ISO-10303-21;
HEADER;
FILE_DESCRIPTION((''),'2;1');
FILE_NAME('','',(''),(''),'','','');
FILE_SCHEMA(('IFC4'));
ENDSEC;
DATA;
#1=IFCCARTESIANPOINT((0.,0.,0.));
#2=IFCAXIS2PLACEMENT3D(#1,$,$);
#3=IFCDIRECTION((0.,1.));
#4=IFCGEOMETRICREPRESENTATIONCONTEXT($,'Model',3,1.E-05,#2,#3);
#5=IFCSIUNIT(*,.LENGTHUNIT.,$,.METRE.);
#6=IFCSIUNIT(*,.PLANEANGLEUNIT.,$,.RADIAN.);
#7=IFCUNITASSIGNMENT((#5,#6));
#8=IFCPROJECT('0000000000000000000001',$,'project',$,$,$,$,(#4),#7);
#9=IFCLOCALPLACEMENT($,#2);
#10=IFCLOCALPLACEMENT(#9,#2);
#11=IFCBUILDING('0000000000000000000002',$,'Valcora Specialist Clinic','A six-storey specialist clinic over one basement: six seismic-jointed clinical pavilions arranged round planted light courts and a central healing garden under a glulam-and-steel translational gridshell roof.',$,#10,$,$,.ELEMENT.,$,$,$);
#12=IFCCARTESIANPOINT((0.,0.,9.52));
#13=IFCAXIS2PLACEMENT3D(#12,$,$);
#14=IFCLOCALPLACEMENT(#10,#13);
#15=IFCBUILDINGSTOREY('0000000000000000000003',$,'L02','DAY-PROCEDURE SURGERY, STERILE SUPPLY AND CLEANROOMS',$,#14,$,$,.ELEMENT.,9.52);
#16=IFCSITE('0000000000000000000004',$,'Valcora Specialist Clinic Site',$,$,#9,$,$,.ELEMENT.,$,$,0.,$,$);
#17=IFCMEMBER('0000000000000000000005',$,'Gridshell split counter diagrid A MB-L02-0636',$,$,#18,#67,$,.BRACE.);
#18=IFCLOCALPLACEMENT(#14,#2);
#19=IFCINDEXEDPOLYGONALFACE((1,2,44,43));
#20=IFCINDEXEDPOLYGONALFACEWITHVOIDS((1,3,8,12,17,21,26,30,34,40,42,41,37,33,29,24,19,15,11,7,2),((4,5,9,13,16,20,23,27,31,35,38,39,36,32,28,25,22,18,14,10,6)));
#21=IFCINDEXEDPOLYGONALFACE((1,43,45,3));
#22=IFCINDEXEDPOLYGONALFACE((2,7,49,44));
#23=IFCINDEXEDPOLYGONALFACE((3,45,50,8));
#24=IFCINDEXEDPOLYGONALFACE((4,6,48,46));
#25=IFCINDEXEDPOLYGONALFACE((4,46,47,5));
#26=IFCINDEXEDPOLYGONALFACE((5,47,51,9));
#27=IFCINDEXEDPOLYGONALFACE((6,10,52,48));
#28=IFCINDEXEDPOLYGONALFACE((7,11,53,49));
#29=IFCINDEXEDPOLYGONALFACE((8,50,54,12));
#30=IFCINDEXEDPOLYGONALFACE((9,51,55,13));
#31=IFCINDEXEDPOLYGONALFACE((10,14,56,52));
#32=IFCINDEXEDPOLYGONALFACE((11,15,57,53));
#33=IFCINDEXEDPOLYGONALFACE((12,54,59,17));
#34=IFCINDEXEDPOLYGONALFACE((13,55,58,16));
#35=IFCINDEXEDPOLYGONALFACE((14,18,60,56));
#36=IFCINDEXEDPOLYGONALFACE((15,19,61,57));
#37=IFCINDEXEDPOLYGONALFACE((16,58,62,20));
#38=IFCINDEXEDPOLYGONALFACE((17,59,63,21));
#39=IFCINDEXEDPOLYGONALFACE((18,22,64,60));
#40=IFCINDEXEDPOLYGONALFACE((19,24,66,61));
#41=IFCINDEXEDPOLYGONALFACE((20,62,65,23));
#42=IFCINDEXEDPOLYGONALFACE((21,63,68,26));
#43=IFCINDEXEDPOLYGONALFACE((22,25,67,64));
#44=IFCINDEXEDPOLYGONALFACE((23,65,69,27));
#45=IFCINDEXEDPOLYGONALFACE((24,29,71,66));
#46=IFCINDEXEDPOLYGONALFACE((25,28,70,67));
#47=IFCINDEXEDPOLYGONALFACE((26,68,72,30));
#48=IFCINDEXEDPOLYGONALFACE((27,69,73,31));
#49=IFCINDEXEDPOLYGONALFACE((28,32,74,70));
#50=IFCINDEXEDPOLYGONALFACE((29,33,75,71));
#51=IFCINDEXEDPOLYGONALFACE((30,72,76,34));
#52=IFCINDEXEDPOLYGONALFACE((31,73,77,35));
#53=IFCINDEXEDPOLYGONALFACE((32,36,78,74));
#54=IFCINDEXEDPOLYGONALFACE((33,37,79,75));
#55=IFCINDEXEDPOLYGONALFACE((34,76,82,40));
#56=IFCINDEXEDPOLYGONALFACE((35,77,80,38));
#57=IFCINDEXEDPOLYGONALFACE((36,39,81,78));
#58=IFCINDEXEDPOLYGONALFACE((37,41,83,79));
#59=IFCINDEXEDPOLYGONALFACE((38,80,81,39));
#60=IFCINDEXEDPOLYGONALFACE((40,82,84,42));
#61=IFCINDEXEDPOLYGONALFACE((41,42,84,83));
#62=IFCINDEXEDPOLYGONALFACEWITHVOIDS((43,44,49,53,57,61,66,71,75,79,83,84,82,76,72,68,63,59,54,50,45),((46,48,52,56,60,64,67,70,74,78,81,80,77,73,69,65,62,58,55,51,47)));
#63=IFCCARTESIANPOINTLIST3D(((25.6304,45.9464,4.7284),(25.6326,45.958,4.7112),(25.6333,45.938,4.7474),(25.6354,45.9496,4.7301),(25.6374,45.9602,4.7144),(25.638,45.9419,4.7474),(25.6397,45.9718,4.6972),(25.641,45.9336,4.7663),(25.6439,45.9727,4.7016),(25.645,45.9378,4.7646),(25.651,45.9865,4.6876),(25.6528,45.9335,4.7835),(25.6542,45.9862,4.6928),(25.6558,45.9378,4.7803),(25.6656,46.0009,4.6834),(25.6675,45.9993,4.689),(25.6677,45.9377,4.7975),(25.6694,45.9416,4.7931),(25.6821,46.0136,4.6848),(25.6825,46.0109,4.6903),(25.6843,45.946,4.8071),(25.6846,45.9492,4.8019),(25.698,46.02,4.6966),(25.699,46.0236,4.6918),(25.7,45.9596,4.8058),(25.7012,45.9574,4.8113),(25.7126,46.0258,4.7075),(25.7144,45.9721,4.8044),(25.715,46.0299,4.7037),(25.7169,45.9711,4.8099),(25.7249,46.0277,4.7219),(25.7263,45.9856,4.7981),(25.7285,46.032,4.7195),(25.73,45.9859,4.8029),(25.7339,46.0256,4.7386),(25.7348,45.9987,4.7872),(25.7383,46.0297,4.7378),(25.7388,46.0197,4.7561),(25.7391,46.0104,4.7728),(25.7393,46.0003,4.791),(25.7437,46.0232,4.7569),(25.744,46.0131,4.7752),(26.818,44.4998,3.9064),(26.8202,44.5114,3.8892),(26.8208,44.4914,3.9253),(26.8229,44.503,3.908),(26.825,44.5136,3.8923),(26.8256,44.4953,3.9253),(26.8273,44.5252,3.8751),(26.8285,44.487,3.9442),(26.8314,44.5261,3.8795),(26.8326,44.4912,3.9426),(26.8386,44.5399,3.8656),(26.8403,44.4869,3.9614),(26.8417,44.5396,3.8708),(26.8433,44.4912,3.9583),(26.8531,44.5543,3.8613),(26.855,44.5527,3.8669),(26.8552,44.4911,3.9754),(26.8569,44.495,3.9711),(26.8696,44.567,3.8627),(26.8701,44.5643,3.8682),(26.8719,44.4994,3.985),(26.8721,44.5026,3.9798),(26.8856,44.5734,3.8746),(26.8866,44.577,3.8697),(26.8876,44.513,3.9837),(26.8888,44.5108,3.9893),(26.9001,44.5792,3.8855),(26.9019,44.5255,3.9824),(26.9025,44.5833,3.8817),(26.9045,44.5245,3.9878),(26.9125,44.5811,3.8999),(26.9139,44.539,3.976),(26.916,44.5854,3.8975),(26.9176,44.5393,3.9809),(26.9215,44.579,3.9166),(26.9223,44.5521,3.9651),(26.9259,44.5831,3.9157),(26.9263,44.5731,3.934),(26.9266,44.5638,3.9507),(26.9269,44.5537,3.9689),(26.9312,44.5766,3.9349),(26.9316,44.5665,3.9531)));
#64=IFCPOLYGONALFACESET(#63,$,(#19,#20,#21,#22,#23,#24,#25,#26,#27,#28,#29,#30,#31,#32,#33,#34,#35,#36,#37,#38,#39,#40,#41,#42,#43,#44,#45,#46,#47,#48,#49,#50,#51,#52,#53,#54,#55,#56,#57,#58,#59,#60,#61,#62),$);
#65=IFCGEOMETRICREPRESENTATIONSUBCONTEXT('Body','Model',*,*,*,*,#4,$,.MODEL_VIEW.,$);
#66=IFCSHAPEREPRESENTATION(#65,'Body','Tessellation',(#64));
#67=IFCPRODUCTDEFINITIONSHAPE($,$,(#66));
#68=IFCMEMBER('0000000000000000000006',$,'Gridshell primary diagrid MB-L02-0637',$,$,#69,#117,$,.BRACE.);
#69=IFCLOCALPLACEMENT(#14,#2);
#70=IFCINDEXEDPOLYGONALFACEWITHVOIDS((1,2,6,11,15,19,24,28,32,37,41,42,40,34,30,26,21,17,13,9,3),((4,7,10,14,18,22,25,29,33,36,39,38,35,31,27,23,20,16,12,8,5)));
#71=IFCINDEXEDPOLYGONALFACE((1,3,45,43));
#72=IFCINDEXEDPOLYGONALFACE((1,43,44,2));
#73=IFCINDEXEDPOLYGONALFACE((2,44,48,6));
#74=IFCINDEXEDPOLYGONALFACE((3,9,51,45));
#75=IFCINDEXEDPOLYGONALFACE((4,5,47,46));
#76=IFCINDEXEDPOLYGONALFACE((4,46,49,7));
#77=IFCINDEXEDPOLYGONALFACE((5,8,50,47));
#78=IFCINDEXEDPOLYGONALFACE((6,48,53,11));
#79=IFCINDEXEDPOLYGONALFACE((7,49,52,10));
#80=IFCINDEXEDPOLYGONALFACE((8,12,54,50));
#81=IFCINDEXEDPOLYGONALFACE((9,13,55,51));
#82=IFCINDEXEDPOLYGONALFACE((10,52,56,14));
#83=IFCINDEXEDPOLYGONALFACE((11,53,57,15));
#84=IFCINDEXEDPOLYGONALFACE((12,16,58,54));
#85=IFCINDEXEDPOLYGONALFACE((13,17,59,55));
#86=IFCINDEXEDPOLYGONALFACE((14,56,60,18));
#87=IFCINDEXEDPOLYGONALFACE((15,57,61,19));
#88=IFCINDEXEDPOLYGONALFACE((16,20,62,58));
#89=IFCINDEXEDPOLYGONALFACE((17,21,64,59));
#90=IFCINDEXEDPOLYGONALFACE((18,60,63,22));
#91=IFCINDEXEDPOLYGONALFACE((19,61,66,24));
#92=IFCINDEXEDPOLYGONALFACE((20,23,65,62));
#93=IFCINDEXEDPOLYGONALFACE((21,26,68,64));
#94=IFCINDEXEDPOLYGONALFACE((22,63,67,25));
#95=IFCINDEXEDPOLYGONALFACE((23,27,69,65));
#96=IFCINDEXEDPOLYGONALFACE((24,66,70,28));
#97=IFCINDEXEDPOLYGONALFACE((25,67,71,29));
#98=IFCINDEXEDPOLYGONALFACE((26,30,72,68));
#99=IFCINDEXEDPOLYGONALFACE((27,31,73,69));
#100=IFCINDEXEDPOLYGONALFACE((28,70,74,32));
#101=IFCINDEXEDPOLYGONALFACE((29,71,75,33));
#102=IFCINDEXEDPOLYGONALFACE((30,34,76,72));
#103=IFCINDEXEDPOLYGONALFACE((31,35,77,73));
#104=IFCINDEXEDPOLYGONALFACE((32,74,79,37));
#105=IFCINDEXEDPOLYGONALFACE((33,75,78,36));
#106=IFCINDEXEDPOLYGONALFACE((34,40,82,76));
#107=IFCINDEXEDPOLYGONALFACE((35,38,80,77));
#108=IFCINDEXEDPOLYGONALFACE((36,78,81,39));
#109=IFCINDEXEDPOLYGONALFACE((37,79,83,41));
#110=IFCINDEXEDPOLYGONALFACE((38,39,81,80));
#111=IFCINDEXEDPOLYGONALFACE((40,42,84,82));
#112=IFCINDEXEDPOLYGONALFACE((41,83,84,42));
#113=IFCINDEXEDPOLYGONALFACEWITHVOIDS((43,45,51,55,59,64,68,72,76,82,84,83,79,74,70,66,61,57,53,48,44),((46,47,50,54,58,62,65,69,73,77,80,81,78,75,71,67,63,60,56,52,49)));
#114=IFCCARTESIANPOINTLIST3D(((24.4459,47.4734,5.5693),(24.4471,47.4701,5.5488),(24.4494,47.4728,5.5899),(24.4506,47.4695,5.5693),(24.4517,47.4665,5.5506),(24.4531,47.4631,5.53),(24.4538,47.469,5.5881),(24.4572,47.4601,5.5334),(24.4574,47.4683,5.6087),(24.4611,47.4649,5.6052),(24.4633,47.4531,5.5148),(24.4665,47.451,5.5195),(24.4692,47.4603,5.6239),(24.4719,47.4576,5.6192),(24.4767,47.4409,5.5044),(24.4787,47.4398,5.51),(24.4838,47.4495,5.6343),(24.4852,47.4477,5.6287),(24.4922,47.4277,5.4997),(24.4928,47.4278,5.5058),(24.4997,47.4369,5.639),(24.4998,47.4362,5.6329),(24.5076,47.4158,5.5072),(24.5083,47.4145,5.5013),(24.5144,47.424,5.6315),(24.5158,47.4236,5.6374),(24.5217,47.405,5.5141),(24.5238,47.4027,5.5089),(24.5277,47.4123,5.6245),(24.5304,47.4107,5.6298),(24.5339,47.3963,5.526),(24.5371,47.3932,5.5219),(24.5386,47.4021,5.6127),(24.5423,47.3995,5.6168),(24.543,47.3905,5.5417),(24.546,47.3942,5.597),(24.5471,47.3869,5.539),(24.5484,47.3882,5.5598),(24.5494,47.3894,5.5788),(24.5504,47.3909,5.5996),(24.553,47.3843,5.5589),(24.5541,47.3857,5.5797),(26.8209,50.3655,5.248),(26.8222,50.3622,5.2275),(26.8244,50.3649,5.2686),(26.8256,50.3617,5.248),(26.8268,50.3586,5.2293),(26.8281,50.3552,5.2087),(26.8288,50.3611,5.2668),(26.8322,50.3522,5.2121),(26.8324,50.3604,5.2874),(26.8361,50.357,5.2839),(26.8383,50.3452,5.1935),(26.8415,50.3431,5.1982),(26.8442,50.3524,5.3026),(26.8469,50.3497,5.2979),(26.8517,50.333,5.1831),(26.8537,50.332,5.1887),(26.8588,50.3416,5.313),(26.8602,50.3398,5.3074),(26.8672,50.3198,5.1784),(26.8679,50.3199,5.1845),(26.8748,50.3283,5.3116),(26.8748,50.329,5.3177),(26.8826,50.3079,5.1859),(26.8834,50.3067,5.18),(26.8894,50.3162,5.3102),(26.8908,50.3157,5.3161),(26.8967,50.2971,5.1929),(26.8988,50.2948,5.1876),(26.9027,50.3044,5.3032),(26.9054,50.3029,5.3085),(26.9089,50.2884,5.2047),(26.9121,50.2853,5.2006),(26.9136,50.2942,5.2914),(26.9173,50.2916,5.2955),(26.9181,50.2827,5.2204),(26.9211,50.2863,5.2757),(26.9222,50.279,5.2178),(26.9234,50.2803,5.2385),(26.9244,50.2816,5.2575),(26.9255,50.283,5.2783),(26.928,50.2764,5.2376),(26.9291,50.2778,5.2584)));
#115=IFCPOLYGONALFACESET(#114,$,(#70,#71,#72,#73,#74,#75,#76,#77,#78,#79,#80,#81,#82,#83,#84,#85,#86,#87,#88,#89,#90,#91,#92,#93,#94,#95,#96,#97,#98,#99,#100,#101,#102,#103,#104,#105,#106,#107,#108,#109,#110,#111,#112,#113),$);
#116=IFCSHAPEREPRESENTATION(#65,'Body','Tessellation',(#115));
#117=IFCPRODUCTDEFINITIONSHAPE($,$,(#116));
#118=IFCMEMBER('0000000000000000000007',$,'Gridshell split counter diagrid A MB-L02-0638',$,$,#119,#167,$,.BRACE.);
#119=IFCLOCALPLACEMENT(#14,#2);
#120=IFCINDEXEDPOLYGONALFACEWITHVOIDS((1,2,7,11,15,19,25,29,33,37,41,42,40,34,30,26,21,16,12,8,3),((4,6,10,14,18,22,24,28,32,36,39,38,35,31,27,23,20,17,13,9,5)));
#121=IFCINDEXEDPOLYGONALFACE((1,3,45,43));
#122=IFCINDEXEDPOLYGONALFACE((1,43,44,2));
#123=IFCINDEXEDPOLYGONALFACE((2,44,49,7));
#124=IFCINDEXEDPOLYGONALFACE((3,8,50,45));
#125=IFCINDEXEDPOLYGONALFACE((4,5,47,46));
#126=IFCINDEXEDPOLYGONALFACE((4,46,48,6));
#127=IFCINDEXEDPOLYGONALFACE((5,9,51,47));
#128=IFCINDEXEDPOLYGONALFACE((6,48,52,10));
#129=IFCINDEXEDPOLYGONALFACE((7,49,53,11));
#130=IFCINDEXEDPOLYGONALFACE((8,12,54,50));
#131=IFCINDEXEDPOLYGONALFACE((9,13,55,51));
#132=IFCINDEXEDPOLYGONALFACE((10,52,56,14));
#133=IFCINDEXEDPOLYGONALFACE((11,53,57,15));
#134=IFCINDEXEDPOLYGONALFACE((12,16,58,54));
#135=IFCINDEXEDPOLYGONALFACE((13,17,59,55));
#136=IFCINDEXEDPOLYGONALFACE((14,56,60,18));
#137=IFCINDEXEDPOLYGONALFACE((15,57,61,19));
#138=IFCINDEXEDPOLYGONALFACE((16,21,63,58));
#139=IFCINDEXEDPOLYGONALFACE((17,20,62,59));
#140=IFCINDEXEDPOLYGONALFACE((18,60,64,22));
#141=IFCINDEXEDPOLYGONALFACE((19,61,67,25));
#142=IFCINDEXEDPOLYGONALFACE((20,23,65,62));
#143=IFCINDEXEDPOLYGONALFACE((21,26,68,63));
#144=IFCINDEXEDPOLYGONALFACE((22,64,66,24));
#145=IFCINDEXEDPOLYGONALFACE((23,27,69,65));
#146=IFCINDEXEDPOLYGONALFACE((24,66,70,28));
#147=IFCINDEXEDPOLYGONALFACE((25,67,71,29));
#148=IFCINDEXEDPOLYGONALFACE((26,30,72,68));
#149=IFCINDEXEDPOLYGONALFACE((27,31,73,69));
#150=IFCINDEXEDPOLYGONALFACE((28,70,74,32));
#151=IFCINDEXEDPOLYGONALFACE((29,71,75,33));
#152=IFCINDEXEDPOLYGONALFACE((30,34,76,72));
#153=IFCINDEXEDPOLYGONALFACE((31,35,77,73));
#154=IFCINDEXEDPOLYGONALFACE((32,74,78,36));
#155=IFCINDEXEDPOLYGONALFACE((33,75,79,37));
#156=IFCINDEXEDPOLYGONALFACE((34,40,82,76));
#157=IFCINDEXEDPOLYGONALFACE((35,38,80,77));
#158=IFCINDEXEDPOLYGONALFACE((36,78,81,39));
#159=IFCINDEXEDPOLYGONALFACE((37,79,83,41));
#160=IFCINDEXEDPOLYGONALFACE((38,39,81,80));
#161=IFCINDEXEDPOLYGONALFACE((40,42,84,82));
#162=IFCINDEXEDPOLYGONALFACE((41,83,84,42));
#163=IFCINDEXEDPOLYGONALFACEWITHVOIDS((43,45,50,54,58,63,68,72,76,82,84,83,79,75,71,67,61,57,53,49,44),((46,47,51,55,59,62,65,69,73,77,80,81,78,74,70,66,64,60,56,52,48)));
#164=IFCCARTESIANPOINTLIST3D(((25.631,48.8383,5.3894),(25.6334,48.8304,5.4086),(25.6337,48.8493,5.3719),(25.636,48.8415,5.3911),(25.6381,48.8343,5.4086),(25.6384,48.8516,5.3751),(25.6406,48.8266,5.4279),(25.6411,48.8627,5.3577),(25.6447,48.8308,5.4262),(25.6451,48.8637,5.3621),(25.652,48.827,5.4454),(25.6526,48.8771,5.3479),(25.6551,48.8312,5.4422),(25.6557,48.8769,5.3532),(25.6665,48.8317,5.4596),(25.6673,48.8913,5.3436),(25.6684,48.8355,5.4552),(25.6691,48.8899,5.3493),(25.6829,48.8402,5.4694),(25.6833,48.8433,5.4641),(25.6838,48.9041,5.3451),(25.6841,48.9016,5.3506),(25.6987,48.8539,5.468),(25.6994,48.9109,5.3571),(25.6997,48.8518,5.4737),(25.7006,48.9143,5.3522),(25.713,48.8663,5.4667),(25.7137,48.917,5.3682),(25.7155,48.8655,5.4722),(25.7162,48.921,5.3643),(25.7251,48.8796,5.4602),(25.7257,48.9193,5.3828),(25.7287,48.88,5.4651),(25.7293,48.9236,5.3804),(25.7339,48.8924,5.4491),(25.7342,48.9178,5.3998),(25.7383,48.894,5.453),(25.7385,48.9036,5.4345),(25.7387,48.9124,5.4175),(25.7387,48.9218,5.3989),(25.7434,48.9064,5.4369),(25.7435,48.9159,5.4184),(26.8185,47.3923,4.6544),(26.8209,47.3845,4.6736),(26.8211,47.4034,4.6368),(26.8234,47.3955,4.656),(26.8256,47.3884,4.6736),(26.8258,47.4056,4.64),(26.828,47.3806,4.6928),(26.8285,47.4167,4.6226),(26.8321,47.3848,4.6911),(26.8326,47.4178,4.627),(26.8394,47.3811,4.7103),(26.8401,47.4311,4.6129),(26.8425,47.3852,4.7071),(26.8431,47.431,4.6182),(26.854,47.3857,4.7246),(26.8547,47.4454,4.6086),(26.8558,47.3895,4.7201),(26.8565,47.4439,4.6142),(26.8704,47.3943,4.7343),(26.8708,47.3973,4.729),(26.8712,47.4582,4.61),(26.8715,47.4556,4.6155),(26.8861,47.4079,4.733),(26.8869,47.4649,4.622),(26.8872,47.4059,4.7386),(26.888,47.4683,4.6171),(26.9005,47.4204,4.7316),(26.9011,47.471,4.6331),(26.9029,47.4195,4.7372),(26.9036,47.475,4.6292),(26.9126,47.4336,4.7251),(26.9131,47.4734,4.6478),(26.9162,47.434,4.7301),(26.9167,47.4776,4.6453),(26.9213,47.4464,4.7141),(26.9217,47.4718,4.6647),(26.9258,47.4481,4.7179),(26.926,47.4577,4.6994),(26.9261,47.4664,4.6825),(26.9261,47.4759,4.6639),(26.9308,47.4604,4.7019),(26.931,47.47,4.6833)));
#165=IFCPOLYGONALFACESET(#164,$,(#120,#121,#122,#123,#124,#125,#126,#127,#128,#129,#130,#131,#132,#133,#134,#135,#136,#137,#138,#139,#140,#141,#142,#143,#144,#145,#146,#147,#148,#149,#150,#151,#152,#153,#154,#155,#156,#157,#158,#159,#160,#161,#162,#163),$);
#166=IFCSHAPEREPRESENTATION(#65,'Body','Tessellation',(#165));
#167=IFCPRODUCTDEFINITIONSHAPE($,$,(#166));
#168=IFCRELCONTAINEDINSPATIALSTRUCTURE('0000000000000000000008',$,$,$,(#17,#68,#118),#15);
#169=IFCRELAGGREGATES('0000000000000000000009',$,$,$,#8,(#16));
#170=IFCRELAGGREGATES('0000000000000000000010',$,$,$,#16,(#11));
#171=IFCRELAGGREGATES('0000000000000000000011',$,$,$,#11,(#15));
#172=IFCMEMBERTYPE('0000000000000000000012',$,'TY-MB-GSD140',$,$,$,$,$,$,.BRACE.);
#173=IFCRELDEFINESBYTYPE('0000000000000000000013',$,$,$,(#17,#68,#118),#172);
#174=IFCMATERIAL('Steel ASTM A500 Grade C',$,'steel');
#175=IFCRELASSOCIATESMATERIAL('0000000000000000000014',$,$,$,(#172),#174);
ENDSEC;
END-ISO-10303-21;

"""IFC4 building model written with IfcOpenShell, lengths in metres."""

from ifc_helpers import new_model, si_unit, direction, frame, origin, origin_2d, place, context, subcontext, project, spatial, hollow_circle, extrude, material, material_profile, profile_set, type_object, element, save


model = new_model("IFC4")

# Units and contexts
model_context = context("Model", 3, precision=1e-05, world=origin(), true_north=direction((0.0, 1.0)))
body_context = subcontext(model_context, "Body", "Model", "MODEL_VIEW")
ifc_project = project(units=[si_unit("LENGTHUNIT", "METRE"), si_unit("PLANEANGLEUNIT", "RADIAN")], contexts=[model_context])

# Site, building, storey
site_placement = place(None, origin())
site = spatial("IfcSite", under=ifc_project, at=site_placement, Name="Valcora Specialist Clinic Site", CompositionType="ELEMENT", RefElevation=0.0)
building_placement = place(site_placement, origin())
building = spatial("IfcBuilding", under=site, at=building_placement, Name="Valcora Specialist Clinic", Description="A six-storey specialist clinic over one basement: six seismic-jointed clinical pavilions arranged round planted light courts and a central healing garden under a glulam-and-steel translational gridshell roof.", CompositionType="ELEMENT")
storey_placement = place(building_placement, frame((0.0, 0.0, 9.52)))
storey = spatial("IfcBuildingStorey", under=building, at=storey_placement, Name="L02", Description="DAY-PROCEDURE SURGERY, STERILE SUPPLY AND CLEANROOMS", CompositionType="ELEMENT", Elevation=9.52)

# Members
ifc_material_1 = material(Name="Steel ASTM A500 Grade C", Category="steel")
ifc_material_profile_1 = material_profile(ifc_material_1, hollow_circle(Radius=0.0701, WallThickness=0.0061, at=origin_2d()), Name="ST-CHS-140X6")
ifc_profile_set_1 = profile_set([ifc_material_profile_1], Name="Steel ASTM A500 Grade C")
member_type_1 = type_object("IfcMemberType", Name="TY-MB-GSD140", PredefinedType="BRACE", material=ifc_profile_set_1)
member_1_placement = place(storey_placement, frame((26.875, 44.5359, 3.9253), z_axis=(-0.580941, 0.707664, 0.402144), x_axis=(-0.772916, -0.634508, 0.0)))
element("IfcMember", 1, at=member_1_placement, inside=storey, type_object=member_type_1, Name="Gridshell split counter diagrid A MB-L02-0636", PredefinedType="BRACE", context=body_context, shape_type="SweptSolid", body=[
    extrude(hollow_circle(Radius=0.0701, WallThickness=0.0061, at=origin_2d()), origin(), (0.0, 0.0, 1.0), 2.0442),
])
member_2_placement = place(storey_placement, frame((24.5, 47.429, 5.5693), z_axis=(0.63231, 0.769978, -0.085539), x_axis=(-0.772811, 0.634636, 0.0)))
element("IfcMember", 2, at=member_2_placement, inside=storey, type_object=member_type_1, Name="Gridshell primary diagrid MB-L02-0637", PredefinedType="BRACE", context=body_context, shape_type="SweptSolid", body=[
    extrude(hollow_circle(Radius=0.0701, WallThickness=0.0061, at=origin_2d()), origin(), (0.0, 0.0, 1.0), 3.7561),
])
member_3_placement = place(storey_placement, frame((26.875, 47.429, 4.6736), z_axis=(-0.590687, 0.719293, 0.365658), x_axis=(-0.772811, -0.634636, 0.0)))
element("IfcMember", 3, at=member_3_placement, inside=storey, type_object=member_type_1, Name="Gridshell split counter diagrid A MB-L02-0638", PredefinedType="BRACE", context=body_context, shape_type="SweptSolid", body=[
    extrude(hollow_circle(Radius=0.0701, WallThickness=0.0061, at=origin_2d()), origin(), (0.0, 0.0, 1.0), 2.0103),
])

save(model, "model.ifc")
